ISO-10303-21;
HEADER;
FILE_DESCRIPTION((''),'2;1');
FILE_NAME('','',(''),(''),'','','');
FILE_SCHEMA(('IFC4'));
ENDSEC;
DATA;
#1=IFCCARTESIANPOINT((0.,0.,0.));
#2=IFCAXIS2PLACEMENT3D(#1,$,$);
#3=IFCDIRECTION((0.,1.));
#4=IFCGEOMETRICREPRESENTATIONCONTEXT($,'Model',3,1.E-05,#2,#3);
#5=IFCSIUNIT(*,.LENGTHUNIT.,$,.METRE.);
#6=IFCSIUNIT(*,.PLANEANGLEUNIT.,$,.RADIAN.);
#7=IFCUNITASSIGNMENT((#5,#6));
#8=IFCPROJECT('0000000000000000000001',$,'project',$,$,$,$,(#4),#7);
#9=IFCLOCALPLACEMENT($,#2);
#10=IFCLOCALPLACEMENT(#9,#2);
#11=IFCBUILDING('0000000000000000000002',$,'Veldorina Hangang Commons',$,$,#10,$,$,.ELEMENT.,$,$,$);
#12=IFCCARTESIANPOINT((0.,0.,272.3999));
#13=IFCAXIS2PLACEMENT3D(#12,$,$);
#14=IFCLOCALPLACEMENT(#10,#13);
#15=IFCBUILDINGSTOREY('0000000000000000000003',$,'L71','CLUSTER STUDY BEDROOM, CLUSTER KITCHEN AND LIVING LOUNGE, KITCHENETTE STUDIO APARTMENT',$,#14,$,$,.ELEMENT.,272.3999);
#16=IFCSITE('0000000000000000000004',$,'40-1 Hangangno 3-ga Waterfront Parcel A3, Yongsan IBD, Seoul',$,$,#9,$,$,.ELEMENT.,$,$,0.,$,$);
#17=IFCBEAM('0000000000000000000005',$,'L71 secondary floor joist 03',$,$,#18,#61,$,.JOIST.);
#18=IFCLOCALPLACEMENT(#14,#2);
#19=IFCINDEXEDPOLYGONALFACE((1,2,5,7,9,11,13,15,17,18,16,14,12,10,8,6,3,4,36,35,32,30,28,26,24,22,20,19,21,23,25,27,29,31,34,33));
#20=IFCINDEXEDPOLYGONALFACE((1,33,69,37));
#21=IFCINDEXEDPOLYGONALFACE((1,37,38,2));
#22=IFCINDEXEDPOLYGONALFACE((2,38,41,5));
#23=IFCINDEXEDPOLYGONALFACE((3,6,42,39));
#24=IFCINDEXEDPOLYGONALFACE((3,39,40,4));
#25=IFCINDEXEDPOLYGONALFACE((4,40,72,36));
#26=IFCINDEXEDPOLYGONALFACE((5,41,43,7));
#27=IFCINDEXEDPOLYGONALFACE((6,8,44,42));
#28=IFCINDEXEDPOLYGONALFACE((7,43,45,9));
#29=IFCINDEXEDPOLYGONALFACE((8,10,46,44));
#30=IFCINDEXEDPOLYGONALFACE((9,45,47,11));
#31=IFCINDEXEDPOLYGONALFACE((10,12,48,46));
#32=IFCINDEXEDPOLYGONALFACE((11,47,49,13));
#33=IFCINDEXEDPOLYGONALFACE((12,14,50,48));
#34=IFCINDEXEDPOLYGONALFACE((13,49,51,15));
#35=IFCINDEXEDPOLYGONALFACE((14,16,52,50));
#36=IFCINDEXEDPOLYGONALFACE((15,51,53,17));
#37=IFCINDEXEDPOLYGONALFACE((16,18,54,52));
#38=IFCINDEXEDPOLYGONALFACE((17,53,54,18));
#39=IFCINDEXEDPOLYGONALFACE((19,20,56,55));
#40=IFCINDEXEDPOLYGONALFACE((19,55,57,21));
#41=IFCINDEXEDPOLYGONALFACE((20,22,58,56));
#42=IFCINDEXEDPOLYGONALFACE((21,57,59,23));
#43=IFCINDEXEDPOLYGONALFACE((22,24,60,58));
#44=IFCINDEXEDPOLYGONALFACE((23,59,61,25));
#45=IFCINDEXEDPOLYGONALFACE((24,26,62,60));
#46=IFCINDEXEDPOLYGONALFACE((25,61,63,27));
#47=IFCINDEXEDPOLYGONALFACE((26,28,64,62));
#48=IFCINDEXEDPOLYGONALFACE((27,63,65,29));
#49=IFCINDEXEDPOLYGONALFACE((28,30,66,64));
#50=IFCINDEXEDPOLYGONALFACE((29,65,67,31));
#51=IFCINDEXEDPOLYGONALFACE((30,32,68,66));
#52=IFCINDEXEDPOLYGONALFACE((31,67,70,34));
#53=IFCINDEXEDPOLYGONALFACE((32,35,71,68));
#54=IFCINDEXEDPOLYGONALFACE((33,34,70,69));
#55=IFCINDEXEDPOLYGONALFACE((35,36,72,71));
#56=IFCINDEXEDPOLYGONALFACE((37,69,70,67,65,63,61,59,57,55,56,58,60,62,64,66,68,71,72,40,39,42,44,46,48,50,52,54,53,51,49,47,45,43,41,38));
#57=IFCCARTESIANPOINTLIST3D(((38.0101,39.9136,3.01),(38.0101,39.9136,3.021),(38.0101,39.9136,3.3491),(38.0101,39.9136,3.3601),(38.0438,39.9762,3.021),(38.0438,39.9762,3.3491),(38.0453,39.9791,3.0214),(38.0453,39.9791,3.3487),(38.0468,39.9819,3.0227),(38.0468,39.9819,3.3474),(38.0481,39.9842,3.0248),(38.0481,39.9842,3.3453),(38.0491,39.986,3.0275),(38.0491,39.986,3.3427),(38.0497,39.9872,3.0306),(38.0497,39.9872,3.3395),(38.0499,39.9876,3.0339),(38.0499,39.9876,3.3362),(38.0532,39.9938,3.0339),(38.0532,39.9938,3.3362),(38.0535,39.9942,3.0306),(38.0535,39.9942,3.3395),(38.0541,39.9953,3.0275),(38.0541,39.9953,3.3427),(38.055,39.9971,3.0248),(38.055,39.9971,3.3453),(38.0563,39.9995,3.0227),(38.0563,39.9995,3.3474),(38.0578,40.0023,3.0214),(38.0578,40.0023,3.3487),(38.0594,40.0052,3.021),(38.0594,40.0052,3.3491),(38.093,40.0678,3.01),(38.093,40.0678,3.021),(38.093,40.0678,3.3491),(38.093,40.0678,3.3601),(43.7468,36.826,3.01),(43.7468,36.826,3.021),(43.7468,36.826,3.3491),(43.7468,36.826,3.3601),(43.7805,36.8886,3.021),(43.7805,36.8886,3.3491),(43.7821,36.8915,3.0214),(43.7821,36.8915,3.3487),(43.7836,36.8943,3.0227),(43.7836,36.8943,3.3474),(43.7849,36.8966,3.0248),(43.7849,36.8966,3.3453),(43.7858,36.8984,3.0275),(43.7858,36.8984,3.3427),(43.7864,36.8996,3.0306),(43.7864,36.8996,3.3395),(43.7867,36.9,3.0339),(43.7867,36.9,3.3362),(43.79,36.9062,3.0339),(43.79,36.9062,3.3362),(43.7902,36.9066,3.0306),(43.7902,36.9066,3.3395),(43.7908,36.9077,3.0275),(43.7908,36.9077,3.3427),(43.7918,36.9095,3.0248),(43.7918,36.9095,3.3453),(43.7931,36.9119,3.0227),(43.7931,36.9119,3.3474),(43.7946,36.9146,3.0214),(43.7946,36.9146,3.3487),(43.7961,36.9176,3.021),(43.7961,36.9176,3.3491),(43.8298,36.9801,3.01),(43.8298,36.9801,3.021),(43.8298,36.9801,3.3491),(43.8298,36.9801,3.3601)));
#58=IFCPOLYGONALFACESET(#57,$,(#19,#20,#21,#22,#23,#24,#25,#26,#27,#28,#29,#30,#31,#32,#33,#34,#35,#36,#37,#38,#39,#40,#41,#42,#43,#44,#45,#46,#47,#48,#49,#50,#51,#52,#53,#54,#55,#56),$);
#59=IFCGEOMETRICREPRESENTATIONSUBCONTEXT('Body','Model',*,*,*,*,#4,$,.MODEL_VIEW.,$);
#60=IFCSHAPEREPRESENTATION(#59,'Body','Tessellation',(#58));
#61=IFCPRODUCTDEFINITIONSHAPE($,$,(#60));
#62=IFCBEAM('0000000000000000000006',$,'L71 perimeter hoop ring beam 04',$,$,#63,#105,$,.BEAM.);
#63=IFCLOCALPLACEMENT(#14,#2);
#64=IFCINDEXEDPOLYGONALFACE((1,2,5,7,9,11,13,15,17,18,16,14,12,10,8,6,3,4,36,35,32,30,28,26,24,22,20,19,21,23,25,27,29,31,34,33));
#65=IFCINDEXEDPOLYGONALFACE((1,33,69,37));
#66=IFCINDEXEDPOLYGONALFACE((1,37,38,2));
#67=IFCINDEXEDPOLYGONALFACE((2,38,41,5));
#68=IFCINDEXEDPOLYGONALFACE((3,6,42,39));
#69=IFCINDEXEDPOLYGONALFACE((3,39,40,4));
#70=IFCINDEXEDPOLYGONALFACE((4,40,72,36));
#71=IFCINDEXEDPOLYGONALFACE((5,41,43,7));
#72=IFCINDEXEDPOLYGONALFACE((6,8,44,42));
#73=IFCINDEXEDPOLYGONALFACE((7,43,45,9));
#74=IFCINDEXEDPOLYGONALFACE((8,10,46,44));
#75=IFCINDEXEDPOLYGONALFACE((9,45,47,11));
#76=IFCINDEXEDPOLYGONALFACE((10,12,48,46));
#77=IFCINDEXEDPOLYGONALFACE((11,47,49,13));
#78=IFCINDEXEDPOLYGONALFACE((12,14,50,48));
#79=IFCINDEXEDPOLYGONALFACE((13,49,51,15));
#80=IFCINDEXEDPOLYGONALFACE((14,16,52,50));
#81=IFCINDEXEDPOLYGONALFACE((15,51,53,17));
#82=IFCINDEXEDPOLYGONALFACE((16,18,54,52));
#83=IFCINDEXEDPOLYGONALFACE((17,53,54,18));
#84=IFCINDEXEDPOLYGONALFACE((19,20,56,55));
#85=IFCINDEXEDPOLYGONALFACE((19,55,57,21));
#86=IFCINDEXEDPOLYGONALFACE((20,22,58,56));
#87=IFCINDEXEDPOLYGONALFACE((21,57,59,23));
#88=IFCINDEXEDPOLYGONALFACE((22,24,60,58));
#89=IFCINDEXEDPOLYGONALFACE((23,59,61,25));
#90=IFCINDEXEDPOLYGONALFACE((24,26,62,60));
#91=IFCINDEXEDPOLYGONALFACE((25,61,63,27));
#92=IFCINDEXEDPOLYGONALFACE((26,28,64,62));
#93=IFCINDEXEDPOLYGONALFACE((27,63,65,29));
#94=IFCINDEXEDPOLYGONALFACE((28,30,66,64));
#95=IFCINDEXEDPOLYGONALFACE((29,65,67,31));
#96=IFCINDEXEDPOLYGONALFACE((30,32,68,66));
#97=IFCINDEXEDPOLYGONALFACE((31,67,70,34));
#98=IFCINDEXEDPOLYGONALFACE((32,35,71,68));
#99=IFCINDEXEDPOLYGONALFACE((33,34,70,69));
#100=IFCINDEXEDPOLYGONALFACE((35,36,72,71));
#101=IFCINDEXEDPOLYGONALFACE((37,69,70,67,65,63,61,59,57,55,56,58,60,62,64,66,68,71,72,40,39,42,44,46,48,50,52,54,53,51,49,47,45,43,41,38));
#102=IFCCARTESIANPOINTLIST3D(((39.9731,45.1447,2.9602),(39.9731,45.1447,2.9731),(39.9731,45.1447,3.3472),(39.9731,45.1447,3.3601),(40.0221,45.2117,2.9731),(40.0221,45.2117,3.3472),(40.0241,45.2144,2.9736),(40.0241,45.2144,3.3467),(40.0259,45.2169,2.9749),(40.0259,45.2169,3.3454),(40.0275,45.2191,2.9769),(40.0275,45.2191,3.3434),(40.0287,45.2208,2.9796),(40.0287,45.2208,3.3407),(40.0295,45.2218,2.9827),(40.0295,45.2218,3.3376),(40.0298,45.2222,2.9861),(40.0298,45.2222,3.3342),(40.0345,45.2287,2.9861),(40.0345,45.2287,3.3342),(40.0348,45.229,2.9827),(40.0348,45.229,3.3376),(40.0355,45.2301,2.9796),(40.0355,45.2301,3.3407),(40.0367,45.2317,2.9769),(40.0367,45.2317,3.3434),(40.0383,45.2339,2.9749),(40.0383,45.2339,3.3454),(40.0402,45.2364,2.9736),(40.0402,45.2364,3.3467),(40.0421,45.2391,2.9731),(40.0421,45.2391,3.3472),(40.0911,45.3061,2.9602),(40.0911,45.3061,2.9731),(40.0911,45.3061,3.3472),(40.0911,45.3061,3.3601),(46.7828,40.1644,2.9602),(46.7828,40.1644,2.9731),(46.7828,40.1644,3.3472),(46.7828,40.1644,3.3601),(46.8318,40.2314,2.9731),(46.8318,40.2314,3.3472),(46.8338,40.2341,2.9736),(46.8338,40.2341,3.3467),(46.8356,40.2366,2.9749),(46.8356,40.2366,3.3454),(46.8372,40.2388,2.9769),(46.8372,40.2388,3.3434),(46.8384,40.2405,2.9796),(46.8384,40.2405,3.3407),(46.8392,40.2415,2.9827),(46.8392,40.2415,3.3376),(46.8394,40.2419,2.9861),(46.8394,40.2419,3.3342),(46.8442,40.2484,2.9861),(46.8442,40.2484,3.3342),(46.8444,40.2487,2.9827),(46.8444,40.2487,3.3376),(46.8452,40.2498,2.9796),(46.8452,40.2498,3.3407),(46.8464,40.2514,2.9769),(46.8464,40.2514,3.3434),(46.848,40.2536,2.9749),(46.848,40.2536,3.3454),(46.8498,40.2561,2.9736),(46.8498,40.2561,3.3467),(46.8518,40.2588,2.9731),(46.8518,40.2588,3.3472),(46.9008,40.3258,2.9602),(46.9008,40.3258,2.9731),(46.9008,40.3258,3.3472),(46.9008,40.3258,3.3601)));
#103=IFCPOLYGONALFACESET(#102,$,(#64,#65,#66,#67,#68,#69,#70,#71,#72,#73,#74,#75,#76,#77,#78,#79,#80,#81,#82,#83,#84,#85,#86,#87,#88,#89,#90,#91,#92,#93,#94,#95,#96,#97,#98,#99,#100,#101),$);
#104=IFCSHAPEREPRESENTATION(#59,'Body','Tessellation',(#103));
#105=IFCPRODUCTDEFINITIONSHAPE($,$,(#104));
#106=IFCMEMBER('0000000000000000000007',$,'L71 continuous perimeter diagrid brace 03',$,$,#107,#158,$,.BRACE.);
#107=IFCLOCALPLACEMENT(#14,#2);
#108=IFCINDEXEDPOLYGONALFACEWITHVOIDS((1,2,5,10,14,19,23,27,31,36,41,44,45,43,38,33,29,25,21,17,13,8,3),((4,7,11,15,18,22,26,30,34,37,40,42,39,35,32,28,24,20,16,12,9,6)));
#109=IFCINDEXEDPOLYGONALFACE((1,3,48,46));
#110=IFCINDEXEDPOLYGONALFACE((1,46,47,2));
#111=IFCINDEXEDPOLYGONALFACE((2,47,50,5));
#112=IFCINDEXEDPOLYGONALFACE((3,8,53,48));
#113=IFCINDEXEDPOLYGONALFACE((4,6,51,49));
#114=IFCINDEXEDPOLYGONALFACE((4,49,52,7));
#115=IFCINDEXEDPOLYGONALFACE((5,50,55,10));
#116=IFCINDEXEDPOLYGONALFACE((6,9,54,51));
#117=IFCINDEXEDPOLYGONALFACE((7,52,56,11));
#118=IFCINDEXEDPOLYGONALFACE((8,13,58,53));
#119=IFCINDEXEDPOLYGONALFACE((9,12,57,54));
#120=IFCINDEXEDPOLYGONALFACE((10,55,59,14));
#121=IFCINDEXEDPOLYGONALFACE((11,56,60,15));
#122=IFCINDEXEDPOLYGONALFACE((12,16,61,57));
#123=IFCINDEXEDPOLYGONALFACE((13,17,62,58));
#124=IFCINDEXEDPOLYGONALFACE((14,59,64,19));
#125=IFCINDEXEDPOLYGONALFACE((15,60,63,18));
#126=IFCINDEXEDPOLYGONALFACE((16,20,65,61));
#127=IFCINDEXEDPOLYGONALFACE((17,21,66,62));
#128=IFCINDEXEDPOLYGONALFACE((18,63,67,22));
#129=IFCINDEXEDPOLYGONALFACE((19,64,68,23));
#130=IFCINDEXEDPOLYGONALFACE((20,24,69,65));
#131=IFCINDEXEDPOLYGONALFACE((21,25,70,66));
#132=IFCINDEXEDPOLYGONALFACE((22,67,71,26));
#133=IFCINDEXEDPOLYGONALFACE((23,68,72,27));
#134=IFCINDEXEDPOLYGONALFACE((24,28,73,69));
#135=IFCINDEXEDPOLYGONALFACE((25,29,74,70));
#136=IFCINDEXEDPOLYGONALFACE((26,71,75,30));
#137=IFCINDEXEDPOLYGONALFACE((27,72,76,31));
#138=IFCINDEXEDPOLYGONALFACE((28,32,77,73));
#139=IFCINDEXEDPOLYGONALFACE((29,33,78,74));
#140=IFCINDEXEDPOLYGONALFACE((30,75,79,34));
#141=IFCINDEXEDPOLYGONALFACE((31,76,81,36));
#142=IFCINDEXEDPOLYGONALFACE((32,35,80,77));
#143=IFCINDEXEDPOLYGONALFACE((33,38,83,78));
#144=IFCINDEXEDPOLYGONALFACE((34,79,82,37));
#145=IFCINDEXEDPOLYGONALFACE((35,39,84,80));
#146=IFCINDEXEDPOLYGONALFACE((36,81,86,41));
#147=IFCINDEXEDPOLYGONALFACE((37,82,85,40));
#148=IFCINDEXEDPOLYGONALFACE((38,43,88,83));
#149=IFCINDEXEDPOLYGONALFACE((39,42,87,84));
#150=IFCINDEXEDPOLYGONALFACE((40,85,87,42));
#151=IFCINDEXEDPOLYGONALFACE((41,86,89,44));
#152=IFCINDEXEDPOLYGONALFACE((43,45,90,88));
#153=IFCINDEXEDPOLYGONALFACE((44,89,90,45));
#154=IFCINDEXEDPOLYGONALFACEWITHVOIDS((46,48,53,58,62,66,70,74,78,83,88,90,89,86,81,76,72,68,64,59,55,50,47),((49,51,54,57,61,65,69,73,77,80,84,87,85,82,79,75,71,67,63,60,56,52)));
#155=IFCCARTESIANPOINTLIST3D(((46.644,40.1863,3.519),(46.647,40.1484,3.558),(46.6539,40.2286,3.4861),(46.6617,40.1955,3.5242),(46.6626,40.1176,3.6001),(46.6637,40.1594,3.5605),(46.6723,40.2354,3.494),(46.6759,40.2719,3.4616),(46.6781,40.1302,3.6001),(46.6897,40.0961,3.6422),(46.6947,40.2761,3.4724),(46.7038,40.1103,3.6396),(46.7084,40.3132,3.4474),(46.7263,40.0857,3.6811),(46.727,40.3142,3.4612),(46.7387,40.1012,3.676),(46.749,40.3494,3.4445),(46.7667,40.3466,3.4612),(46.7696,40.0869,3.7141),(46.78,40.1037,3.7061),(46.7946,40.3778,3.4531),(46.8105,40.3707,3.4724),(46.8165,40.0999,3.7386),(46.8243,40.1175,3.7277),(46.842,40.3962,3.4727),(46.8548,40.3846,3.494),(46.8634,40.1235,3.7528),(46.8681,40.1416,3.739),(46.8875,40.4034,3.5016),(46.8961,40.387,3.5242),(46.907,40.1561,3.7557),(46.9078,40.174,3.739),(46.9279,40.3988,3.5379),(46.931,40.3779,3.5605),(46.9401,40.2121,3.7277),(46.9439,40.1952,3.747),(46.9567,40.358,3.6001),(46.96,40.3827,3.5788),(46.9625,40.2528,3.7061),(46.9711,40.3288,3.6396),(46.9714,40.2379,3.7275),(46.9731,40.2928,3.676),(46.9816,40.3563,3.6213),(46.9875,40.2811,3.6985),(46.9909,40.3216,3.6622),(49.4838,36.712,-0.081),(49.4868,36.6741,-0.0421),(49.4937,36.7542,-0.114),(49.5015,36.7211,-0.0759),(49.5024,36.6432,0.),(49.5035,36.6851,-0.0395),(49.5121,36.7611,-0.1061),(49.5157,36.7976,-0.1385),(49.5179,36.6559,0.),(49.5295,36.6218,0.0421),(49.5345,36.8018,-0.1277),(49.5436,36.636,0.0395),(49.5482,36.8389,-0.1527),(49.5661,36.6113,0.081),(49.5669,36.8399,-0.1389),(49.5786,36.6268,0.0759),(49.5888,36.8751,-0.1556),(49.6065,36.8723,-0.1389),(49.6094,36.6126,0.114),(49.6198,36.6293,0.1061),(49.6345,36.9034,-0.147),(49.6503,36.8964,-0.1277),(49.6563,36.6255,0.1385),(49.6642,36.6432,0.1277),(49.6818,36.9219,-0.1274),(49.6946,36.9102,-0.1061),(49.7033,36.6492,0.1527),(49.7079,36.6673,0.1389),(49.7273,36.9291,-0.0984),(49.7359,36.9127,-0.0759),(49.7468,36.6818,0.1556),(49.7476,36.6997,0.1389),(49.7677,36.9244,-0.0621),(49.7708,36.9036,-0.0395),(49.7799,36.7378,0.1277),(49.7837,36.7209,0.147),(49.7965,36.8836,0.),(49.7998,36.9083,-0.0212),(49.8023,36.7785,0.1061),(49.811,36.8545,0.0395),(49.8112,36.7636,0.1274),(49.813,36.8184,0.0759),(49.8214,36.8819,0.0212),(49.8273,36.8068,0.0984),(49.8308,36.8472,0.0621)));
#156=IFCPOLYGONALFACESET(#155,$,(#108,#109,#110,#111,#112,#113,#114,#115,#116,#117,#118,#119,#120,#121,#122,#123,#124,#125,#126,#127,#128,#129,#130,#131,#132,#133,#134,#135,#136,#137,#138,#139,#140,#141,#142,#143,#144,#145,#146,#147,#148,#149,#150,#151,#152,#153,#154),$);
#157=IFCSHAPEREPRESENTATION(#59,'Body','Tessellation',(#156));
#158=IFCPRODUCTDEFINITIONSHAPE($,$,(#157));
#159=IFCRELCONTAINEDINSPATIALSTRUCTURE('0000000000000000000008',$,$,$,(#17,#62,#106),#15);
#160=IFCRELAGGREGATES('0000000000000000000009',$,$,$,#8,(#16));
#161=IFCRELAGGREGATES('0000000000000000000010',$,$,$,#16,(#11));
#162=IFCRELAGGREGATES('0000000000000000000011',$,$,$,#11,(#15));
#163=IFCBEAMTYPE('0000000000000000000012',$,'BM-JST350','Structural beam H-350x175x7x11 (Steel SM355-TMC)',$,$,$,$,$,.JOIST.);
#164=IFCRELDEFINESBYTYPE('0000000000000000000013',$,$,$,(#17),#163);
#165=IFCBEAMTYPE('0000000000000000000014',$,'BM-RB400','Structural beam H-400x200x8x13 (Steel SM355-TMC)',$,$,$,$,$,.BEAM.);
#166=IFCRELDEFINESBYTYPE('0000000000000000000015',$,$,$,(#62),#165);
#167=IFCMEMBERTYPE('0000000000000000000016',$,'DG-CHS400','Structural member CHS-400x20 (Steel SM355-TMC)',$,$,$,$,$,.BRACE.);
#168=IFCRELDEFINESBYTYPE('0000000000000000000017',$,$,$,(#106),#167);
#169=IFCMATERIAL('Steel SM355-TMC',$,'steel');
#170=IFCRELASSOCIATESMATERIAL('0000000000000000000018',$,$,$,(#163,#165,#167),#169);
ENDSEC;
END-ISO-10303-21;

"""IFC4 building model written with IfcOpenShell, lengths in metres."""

from ifc_helpers import new_model, si_unit, direction, frame, origin, origin_2d, place, context, subcontext, project, spatial, hollow_circle, i_section, extrude, material, material_profile, profile_set, type_object, element, save


model = new_model("IFC4")

# Units and contexts
model_context = context("Model", 3, precision=1e-05, world=origin(), true_north=direction((0.0, 1.0)))
body_context = subcontext(model_context, "Body", "Model", "MODEL_VIEW")
ifc_project = project(units=[si_unit("LENGTHUNIT", "METRE"), si_unit("PLANEANGLEUNIT", "RADIAN")], contexts=[model_context])

# Site, building, storey
site_placement = place(None, origin())
site = spatial("IfcSite", under=ifc_project, at=site_placement, Name="40-1 Hangangno 3-ga Waterfront Parcel A3, Yongsan IBD, Seoul", CompositionType="ELEMENT", RefElevation=0.0)
building_placement = place(site_placement, origin())
building = spatial("IfcBuilding", under=site, at=building_placement, Name="Veldorina Hangang Commons", CompositionType="ELEMENT")
storey_placement = place(building_placement, frame((0.0, 0.0, 272.3999)))
storey = spatial("IfcBuildingStorey", under=building, at=storey_placement, Name="L71", Description="CLUSTER STUDY BEDROOM, CLUSTER KITCHEN AND LIVING LOUNGE, KITCHENETTE STUDIO APARTMENT", CompositionType="ELEMENT", Elevation=272.3999)

# Beams
ifc_material_1 = material(Name="Steel SM355-TMC", Category="steel")
ifc_material_profile_1 = material_profile(ifc_material_1, i_section(OverallWidth=0.175, OverallDepth=0.3501, WebThickness=0.0071, FlangeThickness=0.011, FilletRadius=0.0129, at=origin_2d()), Name="H-350x175x7x11")
ifc_profile_set_1 = profile_set([ifc_material_profile_1], Name="Steel SM355-TMC")
beam_type_1 = type_object("IfcBeamType", Name="BM-JST350", Description="Structural beam H-350x175x7x11 (Steel SM355-TMC)", PredefinedType="JOIST", material=ifc_profile_set_1)
beam_1_placement = place(storey_placement, frame((43.7883, 36.9031, 3.1851), z_axis=(-0.880561, 0.473932, 0.0), x_axis=(-0.473932, -0.880561, 0.0)))
element("IfcBeam", 1, at=beam_1_placement, inside=storey, type_object=beam_type_1, Name="L71 secondary floor joist 03", PredefinedType="JOIST", context=body_context, shape_type="SweptSolid", body=[
    extrude(i_section(OverallWidth=0.175, OverallDepth=0.3501, WebThickness=0.0071, FlangeThickness=0.011, FilletRadius=0.0129, at=origin_2d()), origin(), (0.0, 0.0, 1.0), 6.5149),
])
ifc_material_profile_2 = material_profile(ifc_material_1, i_section(OverallWidth=0.2, OverallDepth=0.3999, WebThickness=0.0081, FlangeThickness=0.0129, FilletRadius=0.0129, at=origin_2d()), Name="H-400x200x8x13")
ifc_profile_set_2 = profile_set([ifc_material_profile_2], Name="Steel SM355-TMC")
beam_type_2 = type_object("IfcBeamType", Name="BM-RB400", Description="Structural beam H-400x200x8x13 (Steel SM355-TMC)", PredefinedType="BEAM", material=ifc_profile_set_2)
beam_2_placement = place(storey_placement, frame((46.8418, 40.2451, 3.1602), z_axis=(-0.807165, 0.590326, 0.0), x_axis=(-0.590326, -0.807165, 0.0)))
element("IfcBeam", 2, at=beam_2_placement, inside=storey, type_object=beam_type_2, Name="L71 perimeter hoop ring beam 04", PredefinedType="BEAM", context=body_context, shape_type="SweptSolid", body=[
    extrude(i_section(OverallWidth=0.2, OverallDepth=0.3999, WebThickness=0.0081, FlangeThickness=0.0129, FilletRadius=0.0129, at=origin_2d()), origin(), (0.0, 0.0, 1.0), 8.4365),
])

# Member
ifc_material_profile_3 = material_profile(ifc_material_1, hollow_circle(Radius=0.2, WallThickness=0.02, at=origin_2d()), Name="CHS-400x20")
ifc_profile_set_3 = profile_set([ifc_material_profile_3], Name="Steel SM355-TMC")
member_type_1 = type_object("IfcMemberType", Name="DG-CHS400", Description="Structural member CHS-400x20 (Steel SM355-TMC)", PredefinedType="BRACE", material=ifc_profile_set_3)
member_1_placement = place(storey_placement, frame((49.6572, 36.7698, 0.0), z_axis=(-0.493631, 0.603926, 0.625781), x_axis=(-0.774265, -0.632861, 0.0)))
element("IfcMember", 3, at=member_1_placement, inside=storey, type_object=member_type_1, Name="L71 continuous perimeter diagrid brace 03", PredefinedType="BRACE", context=body_context, shape_type="SweptSolid", body=[
    extrude(hollow_circle(Radius=0.2, WallThickness=0.02, at=origin_2d()), origin(), (0.0, 0.0, 1.0), 5.7529),
])

save(model, "model.ifc")
